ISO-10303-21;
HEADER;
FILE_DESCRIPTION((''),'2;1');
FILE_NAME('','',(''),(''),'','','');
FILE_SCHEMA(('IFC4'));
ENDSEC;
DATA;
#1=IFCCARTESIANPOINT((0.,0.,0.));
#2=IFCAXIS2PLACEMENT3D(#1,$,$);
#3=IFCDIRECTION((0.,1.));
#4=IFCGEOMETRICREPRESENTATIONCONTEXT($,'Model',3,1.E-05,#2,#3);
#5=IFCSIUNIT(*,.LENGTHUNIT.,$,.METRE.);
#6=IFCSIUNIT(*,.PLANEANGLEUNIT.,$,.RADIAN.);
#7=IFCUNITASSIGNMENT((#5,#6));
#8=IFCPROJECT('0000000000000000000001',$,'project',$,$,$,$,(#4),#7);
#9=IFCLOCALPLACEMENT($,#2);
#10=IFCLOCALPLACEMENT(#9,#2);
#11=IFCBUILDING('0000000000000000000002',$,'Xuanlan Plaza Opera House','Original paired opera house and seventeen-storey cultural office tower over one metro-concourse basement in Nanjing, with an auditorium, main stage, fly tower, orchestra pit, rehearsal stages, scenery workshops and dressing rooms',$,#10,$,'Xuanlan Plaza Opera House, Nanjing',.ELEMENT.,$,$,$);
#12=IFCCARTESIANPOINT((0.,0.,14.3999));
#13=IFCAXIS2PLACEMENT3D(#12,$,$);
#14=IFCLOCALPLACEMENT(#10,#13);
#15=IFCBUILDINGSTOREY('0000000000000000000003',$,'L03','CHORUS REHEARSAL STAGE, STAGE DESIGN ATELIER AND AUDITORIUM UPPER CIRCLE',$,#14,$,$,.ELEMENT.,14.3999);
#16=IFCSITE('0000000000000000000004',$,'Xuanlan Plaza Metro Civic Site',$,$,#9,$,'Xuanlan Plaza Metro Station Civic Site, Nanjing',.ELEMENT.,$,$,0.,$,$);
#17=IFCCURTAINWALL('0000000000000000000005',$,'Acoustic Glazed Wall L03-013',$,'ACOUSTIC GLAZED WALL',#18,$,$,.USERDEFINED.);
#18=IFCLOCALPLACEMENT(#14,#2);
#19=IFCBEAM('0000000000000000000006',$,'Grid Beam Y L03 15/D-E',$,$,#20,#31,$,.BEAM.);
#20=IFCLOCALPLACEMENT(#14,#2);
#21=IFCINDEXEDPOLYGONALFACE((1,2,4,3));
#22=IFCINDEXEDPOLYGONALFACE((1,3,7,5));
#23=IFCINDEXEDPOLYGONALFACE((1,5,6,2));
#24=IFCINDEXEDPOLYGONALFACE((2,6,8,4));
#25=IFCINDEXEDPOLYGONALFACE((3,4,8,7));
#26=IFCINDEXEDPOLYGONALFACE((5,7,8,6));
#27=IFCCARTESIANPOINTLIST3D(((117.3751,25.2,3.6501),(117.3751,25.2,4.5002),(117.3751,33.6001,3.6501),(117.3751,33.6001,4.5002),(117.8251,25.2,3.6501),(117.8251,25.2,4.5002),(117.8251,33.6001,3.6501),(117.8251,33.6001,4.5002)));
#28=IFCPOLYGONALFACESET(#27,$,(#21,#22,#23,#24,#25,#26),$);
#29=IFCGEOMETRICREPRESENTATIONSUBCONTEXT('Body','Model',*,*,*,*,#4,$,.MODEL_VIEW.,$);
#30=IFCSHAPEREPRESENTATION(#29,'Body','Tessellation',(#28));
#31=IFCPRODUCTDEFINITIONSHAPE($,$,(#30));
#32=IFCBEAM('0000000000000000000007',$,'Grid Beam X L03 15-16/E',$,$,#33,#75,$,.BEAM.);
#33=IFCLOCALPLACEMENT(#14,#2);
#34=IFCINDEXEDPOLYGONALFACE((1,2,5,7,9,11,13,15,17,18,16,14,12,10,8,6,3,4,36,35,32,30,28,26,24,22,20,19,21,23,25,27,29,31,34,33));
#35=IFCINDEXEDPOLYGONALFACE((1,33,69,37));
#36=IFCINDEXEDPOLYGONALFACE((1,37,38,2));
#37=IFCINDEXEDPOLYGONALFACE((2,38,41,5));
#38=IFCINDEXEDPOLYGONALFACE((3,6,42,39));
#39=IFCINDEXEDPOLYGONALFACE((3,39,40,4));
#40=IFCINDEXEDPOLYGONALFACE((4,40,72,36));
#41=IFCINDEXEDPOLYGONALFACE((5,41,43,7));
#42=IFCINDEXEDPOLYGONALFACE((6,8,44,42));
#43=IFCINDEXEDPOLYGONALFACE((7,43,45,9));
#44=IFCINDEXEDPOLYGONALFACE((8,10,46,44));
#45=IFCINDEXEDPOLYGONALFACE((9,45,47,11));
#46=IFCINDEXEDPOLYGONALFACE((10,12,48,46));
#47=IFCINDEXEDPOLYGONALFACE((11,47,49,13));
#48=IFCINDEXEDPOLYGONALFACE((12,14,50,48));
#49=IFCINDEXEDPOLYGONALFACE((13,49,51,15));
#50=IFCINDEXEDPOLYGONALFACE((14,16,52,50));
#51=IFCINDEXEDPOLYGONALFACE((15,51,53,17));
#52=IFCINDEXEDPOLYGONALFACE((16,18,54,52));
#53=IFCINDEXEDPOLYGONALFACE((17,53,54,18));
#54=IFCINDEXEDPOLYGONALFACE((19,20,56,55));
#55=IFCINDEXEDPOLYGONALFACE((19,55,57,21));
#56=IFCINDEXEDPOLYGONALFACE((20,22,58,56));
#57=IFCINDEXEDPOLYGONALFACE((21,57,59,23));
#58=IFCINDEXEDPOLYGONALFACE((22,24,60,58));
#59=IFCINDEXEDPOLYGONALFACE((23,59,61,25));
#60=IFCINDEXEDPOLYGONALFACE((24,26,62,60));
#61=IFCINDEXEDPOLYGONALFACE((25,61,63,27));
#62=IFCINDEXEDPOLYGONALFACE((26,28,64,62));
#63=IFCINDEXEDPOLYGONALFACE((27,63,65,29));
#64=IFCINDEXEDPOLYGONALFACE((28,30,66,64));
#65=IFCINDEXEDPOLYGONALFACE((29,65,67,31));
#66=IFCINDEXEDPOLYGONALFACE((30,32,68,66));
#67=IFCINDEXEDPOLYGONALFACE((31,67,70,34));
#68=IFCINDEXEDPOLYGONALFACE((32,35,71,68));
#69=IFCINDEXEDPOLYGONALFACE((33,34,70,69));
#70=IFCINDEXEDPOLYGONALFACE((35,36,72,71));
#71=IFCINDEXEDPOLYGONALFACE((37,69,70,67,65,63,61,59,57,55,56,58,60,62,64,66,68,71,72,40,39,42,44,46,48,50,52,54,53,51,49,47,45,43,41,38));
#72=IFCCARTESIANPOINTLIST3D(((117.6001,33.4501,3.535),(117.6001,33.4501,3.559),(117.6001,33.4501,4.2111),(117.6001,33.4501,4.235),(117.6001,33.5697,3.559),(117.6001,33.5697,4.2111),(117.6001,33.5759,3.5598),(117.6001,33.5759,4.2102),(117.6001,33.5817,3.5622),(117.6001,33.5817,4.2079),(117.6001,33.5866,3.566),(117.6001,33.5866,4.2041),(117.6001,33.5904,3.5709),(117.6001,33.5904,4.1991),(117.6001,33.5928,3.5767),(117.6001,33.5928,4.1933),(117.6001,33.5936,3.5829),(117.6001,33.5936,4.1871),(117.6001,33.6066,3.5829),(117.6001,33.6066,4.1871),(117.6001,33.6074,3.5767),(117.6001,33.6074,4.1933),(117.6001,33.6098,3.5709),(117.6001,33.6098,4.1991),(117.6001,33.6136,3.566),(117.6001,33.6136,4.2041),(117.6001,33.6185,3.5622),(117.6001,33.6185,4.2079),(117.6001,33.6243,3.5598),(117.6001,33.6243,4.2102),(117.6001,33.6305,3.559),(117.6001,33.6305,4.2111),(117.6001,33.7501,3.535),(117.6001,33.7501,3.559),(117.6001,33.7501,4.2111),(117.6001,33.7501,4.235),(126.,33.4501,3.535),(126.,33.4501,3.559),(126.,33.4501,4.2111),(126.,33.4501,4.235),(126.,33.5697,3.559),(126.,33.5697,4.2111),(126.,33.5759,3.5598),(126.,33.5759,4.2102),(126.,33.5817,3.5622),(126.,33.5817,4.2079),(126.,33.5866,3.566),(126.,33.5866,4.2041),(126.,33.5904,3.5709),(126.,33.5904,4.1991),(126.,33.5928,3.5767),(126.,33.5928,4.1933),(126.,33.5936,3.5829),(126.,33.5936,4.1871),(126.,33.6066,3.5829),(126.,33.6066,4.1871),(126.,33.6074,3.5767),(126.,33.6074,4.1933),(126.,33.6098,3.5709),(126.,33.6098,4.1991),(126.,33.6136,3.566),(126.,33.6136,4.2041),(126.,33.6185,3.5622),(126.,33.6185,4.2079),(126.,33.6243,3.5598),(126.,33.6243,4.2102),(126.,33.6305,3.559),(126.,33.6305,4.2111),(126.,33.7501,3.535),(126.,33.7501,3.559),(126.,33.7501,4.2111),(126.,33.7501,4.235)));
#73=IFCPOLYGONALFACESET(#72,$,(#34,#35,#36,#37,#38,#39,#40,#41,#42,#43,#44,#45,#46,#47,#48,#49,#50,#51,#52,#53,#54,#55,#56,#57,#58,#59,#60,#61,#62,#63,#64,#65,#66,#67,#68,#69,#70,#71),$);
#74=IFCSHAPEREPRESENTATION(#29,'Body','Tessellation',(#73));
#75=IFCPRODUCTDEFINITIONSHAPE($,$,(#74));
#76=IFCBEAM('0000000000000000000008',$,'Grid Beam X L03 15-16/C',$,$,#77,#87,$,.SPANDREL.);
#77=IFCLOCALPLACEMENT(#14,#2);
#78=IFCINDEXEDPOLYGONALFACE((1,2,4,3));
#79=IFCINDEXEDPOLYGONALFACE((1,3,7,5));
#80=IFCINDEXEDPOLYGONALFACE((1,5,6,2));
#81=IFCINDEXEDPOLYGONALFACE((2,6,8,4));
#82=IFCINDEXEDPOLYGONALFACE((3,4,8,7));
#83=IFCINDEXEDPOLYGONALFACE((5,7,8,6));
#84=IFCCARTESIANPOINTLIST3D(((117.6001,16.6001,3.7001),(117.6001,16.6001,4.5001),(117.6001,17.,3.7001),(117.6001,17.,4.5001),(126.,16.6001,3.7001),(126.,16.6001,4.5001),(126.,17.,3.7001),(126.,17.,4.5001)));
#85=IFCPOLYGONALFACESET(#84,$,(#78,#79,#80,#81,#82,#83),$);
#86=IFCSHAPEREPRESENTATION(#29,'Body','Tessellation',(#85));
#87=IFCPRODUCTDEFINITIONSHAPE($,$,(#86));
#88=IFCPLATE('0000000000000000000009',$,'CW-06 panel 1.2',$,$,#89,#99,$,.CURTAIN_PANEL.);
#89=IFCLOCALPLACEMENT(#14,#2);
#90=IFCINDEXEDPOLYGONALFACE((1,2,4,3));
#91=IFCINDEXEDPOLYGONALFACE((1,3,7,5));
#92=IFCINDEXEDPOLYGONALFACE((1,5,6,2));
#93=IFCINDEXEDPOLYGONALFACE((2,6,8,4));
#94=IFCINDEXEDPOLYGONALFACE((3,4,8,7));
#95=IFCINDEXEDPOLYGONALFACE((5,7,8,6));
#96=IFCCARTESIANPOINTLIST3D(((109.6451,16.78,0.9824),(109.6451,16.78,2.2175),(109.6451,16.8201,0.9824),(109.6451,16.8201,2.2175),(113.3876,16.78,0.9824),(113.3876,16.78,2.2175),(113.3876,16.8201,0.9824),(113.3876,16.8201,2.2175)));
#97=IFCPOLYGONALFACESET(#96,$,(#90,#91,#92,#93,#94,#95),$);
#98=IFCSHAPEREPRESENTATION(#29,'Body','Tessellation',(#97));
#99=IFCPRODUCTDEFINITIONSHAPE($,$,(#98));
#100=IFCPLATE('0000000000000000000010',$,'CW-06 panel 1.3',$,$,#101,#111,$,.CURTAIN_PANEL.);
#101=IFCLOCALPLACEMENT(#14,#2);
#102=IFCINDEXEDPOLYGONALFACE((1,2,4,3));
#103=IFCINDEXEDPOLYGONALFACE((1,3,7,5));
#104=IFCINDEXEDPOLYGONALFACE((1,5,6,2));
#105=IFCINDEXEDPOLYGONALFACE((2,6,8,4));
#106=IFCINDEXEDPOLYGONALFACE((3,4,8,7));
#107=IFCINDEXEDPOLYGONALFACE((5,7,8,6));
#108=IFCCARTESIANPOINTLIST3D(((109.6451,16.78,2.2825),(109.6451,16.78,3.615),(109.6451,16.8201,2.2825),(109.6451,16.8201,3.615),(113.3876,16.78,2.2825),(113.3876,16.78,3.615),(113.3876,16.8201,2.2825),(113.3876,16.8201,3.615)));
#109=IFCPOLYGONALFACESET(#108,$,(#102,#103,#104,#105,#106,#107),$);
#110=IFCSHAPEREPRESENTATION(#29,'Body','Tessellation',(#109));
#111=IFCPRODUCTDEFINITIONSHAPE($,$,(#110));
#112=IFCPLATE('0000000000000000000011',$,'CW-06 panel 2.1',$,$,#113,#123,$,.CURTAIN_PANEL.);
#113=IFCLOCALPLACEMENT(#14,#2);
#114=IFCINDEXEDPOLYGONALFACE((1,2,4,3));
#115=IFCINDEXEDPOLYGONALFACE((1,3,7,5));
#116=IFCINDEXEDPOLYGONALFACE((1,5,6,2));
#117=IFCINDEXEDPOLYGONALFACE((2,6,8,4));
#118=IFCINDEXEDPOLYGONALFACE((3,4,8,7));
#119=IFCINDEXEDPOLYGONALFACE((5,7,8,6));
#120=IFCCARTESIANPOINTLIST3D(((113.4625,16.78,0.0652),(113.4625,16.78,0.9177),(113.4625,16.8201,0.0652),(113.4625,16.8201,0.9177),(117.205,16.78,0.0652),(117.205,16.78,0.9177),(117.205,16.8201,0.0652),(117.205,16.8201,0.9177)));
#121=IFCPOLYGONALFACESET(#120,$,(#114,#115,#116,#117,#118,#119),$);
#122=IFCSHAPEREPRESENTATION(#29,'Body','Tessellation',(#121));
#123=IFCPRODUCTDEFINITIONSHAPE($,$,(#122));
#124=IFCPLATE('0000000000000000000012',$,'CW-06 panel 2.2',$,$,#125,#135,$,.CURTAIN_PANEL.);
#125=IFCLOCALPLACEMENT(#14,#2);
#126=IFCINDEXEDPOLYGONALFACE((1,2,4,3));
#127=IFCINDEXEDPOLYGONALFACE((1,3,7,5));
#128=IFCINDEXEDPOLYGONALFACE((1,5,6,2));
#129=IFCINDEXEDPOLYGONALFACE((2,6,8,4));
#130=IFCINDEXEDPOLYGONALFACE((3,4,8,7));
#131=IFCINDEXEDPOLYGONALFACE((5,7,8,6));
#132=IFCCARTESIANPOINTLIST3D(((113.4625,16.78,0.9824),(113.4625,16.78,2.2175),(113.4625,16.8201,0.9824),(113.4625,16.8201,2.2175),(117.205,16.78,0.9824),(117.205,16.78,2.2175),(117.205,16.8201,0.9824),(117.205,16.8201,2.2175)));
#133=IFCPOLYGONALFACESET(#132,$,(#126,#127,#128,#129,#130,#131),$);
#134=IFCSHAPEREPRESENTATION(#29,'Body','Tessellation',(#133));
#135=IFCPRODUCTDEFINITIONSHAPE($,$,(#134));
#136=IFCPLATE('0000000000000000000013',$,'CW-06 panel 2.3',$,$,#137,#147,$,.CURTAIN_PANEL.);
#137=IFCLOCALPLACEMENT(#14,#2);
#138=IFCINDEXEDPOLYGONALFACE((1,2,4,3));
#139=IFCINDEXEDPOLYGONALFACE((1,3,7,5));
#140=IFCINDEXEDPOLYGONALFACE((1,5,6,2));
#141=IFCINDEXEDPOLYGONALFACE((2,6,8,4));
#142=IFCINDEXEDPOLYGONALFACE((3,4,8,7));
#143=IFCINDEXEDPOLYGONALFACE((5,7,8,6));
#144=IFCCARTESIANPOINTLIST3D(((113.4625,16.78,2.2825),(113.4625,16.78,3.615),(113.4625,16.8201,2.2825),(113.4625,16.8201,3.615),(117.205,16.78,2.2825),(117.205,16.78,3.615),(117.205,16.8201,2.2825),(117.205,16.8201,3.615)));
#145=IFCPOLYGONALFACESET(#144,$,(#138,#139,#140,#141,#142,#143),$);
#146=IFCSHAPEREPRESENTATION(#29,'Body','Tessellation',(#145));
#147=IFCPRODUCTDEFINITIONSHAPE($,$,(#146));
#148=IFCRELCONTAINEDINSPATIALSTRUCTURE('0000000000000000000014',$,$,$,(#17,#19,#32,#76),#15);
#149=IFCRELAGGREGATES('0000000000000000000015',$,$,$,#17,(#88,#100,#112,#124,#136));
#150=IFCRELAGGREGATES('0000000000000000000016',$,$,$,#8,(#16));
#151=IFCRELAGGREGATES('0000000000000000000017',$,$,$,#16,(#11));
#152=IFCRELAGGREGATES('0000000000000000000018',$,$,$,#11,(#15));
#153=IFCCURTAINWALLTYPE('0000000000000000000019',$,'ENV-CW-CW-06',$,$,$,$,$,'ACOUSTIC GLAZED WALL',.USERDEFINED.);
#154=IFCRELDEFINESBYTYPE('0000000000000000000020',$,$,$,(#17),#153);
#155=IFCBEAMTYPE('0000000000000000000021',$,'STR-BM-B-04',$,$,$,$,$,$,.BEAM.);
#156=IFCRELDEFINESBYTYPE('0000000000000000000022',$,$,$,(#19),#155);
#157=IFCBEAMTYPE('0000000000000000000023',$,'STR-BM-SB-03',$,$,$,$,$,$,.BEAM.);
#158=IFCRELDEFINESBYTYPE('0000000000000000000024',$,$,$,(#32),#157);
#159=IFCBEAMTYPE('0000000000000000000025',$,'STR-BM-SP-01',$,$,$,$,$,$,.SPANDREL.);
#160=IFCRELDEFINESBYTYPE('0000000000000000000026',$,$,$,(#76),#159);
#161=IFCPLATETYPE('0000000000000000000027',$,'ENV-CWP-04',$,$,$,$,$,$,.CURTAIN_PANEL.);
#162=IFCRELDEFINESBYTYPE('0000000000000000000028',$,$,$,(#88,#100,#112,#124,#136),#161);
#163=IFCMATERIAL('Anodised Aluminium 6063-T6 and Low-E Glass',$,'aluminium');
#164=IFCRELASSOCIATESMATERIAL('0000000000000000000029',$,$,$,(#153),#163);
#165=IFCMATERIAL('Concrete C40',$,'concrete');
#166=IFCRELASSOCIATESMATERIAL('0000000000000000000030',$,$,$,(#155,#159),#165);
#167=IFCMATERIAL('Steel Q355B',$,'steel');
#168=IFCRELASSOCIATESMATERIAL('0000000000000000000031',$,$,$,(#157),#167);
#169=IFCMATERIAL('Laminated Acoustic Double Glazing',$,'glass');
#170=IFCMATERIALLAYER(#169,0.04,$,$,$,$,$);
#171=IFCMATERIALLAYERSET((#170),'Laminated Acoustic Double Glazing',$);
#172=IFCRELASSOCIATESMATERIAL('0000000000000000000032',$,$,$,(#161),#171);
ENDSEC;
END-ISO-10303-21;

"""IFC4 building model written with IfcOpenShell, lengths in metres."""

from ifc_helpers import new_model, si_unit, direction, frame, origin, origin_2d, place, context, subcontext, project, spatial, rectangle, i_section, extrude, material, layer, layer_set, material_profile, profile_set, type_object, element, aggregate, save


model = new_model("IFC4")

# Units and contexts
model_context = context("Model", 3, precision=1e-05, world=origin(), true_north=direction((0.0, 1.0)))
body_context = subcontext(model_context, "Body", "Model", "MODEL_VIEW")
ifc_project = project(units=[si_unit("LENGTHUNIT", "METRE"), si_unit("PLANEANGLEUNIT", "RADIAN")], contexts=[model_context])

# Site, building, storey
site_placement = place(None, origin())
site = spatial("IfcSite", under=ifc_project, at=site_placement, Name="Xuanlan Plaza Metro Civic Site", LongName="Xuanlan Plaza Metro Station Civic Site, Nanjing", CompositionType="ELEMENT", RefElevation=0.0)
building_placement = place(site_placement, origin())
building = spatial("IfcBuilding", under=site, at=building_placement, Name="Xuanlan Plaza Opera House", Description="Original paired opera house and seventeen-storey cultural office tower over one metro-concourse basement in Nanjing, with an auditorium, main stage, fly tower, orchestra pit, rehearsal stages, scenery workshops and dressing rooms", LongName="Xuanlan Plaza Opera House, Nanjing", CompositionType="ELEMENT")
storey_placement = place(building_placement, frame((0.0, 0.0, 14.3999)))
storey = spatial("IfcBuildingStorey", under=building, at=storey_placement, Name="L03", Description="CHORUS REHEARSAL STAGE, STAGE DESIGN ATELIER AND AUDITORIUM UPPER CIRCLE", CompositionType="ELEMENT", Elevation=14.3999)

# Shared definitions
ifc_material_1 = material(Name="Concrete C40", Category="concrete")
ifc_material_2 = material(Name="Steel Q355B", Category="steel")

# Curtain wall
ifc_material_3 = material(Name="Anodised Aluminium 6063-T6 and Low-E Glass", Category="aluminium")
curtain_wall_type_1 = type_object("IfcCurtainWallType", Name="ENV-CW-CW-06", ElementType="ACOUSTIC GLAZED WALL", PredefinedType="USERDEFINED", material=ifc_material_3)
curtain_wall_1_placement = place(storey_placement, origin())
curtain_wall_1 = element("IfcCurtainWall", 1, at=curtain_wall_1_placement, inside=storey, type_object=curtain_wall_type_1, Name="Acoustic Glazed Wall L03-013", ObjectType="ACOUSTIC GLAZED WALL", PredefinedType="USERDEFINED")

# Beams
ifc_material_profile_1 = material_profile(ifc_material_1, rectangle(XDim=0.45, YDim=0.8501, at=origin_2d()), Name="RC-BM 450x850")
ifc_profile_set_1 = profile_set([ifc_material_profile_1], Name="Concrete C40")
beam_type_1 = type_object("IfcBeamType", Name="STR-BM-B-04", PredefinedType="BEAM", material=ifc_profile_set_1)
beam_1_placement = place(storey_placement, frame((117.6001, 25.2, 4.0752), z_axis=(0.0, 1.0, 0.0), x_axis=(-1.0, 0.0, 0.0)))
element("IfcBeam", 2, at=beam_1_placement, inside=storey, type_object=beam_type_1, Name="Grid Beam Y L03 15/D-E", PredefinedType="BEAM", context=body_context, shape_type="SweptSolid", body=[
    extrude(rectangle(XDim=0.45, YDim=0.8501, at=origin_2d()), origin(), (0.0, 0.0, 1.0), 8.4001),
])
ifc_material_profile_2 = material_profile(ifc_material_2, i_section(OverallWidth=0.3, OverallDepth=0.7, WebThickness=0.0129, FlangeThickness=0.0239, FilletRadius=0.0239, at=origin_2d()), Name="HN 700x300x13x24")
ifc_profile_set_2 = profile_set([ifc_material_profile_2], Name="Steel Q355B")
beam_type_2 = type_object("IfcBeamType", Name="STR-BM-SB-03", PredefinedType="BEAM", material=ifc_profile_set_2)
beam_2_placement = place(storey_placement, frame((117.6001, 33.6001, 3.885), z_axis=(1.0, 0.0, 0.0), x_axis=(0.0, 1.0, 0.0)))
element("IfcBeam", 3, at=beam_2_placement, inside=storey, type_object=beam_type_2, Name="Grid Beam X L03 15-16/E", PredefinedType="BEAM", context=body_context, shape_type="SweptSolid", body=[
    extrude(i_section(OverallWidth=0.3, OverallDepth=0.7, WebThickness=0.0129, FlangeThickness=0.0239, FilletRadius=0.0239, at=origin_2d()), origin(), (0.0, 0.0, 1.0), 8.3999),
])
ifc_material_profile_3 = material_profile(ifc_material_1, rectangle(XDim=0.3999, YDim=0.8, at=origin_2d()), Name="RC-SPD 400x800")
ifc_profile_set_3 = profile_set([ifc_material_profile_3], Name="Concrete C40")
beam_type_3 = type_object("IfcBeamType", Name="STR-BM-SP-01", PredefinedType="SPANDREL", material=ifc_profile_set_3)
beam_3_placement = place(storey_placement, frame((117.6001, 16.8, 4.1001), z_axis=(1.0, 0.0, 0.0), x_axis=(0.0, 1.0, 0.0)))
element("IfcBeam", 4, at=beam_3_placement, inside=storey, type_object=beam_type_3, Name="Grid Beam X L03 15-16/C", PredefinedType="SPANDREL", context=body_context, shape_type="SweptSolid", body=[
    extrude(rectangle(XDim=0.3999, YDim=0.8, at=origin_2d()), origin(), (0.0, 0.0, 1.0), 8.3999),
])

# Plates
ifc_material_4 = material(Name="Laminated Acoustic Double Glazing", Category="glass")
ifc_layer = layer(ifc_material_4, 0.04)
ifc_layer_set = layer_set([ifc_layer], Name="Laminated Acoustic Double Glazing")
plate_type = type_object("IfcPlateType", Name="ENV-CWP-04", PredefinedType="CURTAIN_PANEL", material=ifc_layer_set)
plate_1_placement = place(storey_placement, frame((111.5164, 16.8, 0.9824), z_axis=(0.0, 0.0, 1.0), x_axis=(1.0, 0.0, 0.0)))
plate_1 = element("IfcPlate", 5, at=plate_1_placement, type_object=plate_type, Name="CW-06 panel 1.2", PredefinedType="CURTAIN_PANEL", context=body_context, shape_type="SweptSolid", body=[
    extrude(rectangle(XDim=3.7424, YDim=0.04, at=origin_2d()), origin(), (0.0, 0.0, 1.0), 1.2351),
])
plate_2_placement = place(storey_placement, frame((111.5164, 16.8, 2.2825), z_axis=(0.0, 0.0, 1.0), x_axis=(1.0, 0.0, 0.0)))
plate_2 = element("IfcPlate", 6, at=plate_2_placement, type_object=plate_type, Name="CW-06 panel 1.3", PredefinedType="CURTAIN_PANEL", context=body_context, shape_type="SweptSolid", body=[
    extrude(rectangle(XDim=3.7424, YDim=0.04, at=origin_2d()), origin(), (0.0, 0.0, 1.0), 1.3325),
])
plate_3_placement = place(storey_placement, frame((115.3337, 16.8, 0.0652), z_axis=(0.0, 0.0, 1.0), x_axis=(1.0, 0.0, 0.0)))
plate_3 = element("IfcPlate", 7, at=plate_3_placement, type_object=plate_type, Name="CW-06 panel 2.1", PredefinedType="CURTAIN_PANEL", context=body_context, shape_type="SweptSolid", body=[
    extrude(rectangle(XDim=3.7424, YDim=0.04, at=origin_2d()), origin(), (0.0, 0.0, 1.0), 0.8525),
])
plate_4_placement = place(storey_placement, frame((115.3337, 16.8, 0.9824), z_axis=(0.0, 0.0, 1.0), x_axis=(1.0, 0.0, 0.0)))
plate_4 = element("IfcPlate", 8, at=plate_4_placement, type_object=plate_type, Name="CW-06 panel 2.2", PredefinedType="CURTAIN_PANEL", context=body_context, shape_type="SweptSolid", body=[
    extrude(rectangle(XDim=3.7424, YDim=0.04, at=origin_2d()), origin(), (0.0, 0.0, 1.0), 1.2351),
])
plate_5_placement = place(storey_placement, frame((115.3337, 16.8, 2.2825), z_axis=(0.0, 0.0, 1.0), x_axis=(1.0, 0.0, 0.0)))
plate_5 = element("IfcPlate", 9, at=plate_5_placement, type_object=plate_type, Name="CW-06 panel 2.3", PredefinedType="CURTAIN_PANEL", context=body_context, shape_type="SweptSolid", body=[
    extrude(rectangle(XDim=3.7424, YDim=0.04, at=origin_2d()), origin(), (0.0, 0.0, 1.0), 1.3325),
])
aggregate(curtain_wall_1, [plate_1, plate_2, plate_3, plate_4, plate_5])

save(model, "model.ifc")
